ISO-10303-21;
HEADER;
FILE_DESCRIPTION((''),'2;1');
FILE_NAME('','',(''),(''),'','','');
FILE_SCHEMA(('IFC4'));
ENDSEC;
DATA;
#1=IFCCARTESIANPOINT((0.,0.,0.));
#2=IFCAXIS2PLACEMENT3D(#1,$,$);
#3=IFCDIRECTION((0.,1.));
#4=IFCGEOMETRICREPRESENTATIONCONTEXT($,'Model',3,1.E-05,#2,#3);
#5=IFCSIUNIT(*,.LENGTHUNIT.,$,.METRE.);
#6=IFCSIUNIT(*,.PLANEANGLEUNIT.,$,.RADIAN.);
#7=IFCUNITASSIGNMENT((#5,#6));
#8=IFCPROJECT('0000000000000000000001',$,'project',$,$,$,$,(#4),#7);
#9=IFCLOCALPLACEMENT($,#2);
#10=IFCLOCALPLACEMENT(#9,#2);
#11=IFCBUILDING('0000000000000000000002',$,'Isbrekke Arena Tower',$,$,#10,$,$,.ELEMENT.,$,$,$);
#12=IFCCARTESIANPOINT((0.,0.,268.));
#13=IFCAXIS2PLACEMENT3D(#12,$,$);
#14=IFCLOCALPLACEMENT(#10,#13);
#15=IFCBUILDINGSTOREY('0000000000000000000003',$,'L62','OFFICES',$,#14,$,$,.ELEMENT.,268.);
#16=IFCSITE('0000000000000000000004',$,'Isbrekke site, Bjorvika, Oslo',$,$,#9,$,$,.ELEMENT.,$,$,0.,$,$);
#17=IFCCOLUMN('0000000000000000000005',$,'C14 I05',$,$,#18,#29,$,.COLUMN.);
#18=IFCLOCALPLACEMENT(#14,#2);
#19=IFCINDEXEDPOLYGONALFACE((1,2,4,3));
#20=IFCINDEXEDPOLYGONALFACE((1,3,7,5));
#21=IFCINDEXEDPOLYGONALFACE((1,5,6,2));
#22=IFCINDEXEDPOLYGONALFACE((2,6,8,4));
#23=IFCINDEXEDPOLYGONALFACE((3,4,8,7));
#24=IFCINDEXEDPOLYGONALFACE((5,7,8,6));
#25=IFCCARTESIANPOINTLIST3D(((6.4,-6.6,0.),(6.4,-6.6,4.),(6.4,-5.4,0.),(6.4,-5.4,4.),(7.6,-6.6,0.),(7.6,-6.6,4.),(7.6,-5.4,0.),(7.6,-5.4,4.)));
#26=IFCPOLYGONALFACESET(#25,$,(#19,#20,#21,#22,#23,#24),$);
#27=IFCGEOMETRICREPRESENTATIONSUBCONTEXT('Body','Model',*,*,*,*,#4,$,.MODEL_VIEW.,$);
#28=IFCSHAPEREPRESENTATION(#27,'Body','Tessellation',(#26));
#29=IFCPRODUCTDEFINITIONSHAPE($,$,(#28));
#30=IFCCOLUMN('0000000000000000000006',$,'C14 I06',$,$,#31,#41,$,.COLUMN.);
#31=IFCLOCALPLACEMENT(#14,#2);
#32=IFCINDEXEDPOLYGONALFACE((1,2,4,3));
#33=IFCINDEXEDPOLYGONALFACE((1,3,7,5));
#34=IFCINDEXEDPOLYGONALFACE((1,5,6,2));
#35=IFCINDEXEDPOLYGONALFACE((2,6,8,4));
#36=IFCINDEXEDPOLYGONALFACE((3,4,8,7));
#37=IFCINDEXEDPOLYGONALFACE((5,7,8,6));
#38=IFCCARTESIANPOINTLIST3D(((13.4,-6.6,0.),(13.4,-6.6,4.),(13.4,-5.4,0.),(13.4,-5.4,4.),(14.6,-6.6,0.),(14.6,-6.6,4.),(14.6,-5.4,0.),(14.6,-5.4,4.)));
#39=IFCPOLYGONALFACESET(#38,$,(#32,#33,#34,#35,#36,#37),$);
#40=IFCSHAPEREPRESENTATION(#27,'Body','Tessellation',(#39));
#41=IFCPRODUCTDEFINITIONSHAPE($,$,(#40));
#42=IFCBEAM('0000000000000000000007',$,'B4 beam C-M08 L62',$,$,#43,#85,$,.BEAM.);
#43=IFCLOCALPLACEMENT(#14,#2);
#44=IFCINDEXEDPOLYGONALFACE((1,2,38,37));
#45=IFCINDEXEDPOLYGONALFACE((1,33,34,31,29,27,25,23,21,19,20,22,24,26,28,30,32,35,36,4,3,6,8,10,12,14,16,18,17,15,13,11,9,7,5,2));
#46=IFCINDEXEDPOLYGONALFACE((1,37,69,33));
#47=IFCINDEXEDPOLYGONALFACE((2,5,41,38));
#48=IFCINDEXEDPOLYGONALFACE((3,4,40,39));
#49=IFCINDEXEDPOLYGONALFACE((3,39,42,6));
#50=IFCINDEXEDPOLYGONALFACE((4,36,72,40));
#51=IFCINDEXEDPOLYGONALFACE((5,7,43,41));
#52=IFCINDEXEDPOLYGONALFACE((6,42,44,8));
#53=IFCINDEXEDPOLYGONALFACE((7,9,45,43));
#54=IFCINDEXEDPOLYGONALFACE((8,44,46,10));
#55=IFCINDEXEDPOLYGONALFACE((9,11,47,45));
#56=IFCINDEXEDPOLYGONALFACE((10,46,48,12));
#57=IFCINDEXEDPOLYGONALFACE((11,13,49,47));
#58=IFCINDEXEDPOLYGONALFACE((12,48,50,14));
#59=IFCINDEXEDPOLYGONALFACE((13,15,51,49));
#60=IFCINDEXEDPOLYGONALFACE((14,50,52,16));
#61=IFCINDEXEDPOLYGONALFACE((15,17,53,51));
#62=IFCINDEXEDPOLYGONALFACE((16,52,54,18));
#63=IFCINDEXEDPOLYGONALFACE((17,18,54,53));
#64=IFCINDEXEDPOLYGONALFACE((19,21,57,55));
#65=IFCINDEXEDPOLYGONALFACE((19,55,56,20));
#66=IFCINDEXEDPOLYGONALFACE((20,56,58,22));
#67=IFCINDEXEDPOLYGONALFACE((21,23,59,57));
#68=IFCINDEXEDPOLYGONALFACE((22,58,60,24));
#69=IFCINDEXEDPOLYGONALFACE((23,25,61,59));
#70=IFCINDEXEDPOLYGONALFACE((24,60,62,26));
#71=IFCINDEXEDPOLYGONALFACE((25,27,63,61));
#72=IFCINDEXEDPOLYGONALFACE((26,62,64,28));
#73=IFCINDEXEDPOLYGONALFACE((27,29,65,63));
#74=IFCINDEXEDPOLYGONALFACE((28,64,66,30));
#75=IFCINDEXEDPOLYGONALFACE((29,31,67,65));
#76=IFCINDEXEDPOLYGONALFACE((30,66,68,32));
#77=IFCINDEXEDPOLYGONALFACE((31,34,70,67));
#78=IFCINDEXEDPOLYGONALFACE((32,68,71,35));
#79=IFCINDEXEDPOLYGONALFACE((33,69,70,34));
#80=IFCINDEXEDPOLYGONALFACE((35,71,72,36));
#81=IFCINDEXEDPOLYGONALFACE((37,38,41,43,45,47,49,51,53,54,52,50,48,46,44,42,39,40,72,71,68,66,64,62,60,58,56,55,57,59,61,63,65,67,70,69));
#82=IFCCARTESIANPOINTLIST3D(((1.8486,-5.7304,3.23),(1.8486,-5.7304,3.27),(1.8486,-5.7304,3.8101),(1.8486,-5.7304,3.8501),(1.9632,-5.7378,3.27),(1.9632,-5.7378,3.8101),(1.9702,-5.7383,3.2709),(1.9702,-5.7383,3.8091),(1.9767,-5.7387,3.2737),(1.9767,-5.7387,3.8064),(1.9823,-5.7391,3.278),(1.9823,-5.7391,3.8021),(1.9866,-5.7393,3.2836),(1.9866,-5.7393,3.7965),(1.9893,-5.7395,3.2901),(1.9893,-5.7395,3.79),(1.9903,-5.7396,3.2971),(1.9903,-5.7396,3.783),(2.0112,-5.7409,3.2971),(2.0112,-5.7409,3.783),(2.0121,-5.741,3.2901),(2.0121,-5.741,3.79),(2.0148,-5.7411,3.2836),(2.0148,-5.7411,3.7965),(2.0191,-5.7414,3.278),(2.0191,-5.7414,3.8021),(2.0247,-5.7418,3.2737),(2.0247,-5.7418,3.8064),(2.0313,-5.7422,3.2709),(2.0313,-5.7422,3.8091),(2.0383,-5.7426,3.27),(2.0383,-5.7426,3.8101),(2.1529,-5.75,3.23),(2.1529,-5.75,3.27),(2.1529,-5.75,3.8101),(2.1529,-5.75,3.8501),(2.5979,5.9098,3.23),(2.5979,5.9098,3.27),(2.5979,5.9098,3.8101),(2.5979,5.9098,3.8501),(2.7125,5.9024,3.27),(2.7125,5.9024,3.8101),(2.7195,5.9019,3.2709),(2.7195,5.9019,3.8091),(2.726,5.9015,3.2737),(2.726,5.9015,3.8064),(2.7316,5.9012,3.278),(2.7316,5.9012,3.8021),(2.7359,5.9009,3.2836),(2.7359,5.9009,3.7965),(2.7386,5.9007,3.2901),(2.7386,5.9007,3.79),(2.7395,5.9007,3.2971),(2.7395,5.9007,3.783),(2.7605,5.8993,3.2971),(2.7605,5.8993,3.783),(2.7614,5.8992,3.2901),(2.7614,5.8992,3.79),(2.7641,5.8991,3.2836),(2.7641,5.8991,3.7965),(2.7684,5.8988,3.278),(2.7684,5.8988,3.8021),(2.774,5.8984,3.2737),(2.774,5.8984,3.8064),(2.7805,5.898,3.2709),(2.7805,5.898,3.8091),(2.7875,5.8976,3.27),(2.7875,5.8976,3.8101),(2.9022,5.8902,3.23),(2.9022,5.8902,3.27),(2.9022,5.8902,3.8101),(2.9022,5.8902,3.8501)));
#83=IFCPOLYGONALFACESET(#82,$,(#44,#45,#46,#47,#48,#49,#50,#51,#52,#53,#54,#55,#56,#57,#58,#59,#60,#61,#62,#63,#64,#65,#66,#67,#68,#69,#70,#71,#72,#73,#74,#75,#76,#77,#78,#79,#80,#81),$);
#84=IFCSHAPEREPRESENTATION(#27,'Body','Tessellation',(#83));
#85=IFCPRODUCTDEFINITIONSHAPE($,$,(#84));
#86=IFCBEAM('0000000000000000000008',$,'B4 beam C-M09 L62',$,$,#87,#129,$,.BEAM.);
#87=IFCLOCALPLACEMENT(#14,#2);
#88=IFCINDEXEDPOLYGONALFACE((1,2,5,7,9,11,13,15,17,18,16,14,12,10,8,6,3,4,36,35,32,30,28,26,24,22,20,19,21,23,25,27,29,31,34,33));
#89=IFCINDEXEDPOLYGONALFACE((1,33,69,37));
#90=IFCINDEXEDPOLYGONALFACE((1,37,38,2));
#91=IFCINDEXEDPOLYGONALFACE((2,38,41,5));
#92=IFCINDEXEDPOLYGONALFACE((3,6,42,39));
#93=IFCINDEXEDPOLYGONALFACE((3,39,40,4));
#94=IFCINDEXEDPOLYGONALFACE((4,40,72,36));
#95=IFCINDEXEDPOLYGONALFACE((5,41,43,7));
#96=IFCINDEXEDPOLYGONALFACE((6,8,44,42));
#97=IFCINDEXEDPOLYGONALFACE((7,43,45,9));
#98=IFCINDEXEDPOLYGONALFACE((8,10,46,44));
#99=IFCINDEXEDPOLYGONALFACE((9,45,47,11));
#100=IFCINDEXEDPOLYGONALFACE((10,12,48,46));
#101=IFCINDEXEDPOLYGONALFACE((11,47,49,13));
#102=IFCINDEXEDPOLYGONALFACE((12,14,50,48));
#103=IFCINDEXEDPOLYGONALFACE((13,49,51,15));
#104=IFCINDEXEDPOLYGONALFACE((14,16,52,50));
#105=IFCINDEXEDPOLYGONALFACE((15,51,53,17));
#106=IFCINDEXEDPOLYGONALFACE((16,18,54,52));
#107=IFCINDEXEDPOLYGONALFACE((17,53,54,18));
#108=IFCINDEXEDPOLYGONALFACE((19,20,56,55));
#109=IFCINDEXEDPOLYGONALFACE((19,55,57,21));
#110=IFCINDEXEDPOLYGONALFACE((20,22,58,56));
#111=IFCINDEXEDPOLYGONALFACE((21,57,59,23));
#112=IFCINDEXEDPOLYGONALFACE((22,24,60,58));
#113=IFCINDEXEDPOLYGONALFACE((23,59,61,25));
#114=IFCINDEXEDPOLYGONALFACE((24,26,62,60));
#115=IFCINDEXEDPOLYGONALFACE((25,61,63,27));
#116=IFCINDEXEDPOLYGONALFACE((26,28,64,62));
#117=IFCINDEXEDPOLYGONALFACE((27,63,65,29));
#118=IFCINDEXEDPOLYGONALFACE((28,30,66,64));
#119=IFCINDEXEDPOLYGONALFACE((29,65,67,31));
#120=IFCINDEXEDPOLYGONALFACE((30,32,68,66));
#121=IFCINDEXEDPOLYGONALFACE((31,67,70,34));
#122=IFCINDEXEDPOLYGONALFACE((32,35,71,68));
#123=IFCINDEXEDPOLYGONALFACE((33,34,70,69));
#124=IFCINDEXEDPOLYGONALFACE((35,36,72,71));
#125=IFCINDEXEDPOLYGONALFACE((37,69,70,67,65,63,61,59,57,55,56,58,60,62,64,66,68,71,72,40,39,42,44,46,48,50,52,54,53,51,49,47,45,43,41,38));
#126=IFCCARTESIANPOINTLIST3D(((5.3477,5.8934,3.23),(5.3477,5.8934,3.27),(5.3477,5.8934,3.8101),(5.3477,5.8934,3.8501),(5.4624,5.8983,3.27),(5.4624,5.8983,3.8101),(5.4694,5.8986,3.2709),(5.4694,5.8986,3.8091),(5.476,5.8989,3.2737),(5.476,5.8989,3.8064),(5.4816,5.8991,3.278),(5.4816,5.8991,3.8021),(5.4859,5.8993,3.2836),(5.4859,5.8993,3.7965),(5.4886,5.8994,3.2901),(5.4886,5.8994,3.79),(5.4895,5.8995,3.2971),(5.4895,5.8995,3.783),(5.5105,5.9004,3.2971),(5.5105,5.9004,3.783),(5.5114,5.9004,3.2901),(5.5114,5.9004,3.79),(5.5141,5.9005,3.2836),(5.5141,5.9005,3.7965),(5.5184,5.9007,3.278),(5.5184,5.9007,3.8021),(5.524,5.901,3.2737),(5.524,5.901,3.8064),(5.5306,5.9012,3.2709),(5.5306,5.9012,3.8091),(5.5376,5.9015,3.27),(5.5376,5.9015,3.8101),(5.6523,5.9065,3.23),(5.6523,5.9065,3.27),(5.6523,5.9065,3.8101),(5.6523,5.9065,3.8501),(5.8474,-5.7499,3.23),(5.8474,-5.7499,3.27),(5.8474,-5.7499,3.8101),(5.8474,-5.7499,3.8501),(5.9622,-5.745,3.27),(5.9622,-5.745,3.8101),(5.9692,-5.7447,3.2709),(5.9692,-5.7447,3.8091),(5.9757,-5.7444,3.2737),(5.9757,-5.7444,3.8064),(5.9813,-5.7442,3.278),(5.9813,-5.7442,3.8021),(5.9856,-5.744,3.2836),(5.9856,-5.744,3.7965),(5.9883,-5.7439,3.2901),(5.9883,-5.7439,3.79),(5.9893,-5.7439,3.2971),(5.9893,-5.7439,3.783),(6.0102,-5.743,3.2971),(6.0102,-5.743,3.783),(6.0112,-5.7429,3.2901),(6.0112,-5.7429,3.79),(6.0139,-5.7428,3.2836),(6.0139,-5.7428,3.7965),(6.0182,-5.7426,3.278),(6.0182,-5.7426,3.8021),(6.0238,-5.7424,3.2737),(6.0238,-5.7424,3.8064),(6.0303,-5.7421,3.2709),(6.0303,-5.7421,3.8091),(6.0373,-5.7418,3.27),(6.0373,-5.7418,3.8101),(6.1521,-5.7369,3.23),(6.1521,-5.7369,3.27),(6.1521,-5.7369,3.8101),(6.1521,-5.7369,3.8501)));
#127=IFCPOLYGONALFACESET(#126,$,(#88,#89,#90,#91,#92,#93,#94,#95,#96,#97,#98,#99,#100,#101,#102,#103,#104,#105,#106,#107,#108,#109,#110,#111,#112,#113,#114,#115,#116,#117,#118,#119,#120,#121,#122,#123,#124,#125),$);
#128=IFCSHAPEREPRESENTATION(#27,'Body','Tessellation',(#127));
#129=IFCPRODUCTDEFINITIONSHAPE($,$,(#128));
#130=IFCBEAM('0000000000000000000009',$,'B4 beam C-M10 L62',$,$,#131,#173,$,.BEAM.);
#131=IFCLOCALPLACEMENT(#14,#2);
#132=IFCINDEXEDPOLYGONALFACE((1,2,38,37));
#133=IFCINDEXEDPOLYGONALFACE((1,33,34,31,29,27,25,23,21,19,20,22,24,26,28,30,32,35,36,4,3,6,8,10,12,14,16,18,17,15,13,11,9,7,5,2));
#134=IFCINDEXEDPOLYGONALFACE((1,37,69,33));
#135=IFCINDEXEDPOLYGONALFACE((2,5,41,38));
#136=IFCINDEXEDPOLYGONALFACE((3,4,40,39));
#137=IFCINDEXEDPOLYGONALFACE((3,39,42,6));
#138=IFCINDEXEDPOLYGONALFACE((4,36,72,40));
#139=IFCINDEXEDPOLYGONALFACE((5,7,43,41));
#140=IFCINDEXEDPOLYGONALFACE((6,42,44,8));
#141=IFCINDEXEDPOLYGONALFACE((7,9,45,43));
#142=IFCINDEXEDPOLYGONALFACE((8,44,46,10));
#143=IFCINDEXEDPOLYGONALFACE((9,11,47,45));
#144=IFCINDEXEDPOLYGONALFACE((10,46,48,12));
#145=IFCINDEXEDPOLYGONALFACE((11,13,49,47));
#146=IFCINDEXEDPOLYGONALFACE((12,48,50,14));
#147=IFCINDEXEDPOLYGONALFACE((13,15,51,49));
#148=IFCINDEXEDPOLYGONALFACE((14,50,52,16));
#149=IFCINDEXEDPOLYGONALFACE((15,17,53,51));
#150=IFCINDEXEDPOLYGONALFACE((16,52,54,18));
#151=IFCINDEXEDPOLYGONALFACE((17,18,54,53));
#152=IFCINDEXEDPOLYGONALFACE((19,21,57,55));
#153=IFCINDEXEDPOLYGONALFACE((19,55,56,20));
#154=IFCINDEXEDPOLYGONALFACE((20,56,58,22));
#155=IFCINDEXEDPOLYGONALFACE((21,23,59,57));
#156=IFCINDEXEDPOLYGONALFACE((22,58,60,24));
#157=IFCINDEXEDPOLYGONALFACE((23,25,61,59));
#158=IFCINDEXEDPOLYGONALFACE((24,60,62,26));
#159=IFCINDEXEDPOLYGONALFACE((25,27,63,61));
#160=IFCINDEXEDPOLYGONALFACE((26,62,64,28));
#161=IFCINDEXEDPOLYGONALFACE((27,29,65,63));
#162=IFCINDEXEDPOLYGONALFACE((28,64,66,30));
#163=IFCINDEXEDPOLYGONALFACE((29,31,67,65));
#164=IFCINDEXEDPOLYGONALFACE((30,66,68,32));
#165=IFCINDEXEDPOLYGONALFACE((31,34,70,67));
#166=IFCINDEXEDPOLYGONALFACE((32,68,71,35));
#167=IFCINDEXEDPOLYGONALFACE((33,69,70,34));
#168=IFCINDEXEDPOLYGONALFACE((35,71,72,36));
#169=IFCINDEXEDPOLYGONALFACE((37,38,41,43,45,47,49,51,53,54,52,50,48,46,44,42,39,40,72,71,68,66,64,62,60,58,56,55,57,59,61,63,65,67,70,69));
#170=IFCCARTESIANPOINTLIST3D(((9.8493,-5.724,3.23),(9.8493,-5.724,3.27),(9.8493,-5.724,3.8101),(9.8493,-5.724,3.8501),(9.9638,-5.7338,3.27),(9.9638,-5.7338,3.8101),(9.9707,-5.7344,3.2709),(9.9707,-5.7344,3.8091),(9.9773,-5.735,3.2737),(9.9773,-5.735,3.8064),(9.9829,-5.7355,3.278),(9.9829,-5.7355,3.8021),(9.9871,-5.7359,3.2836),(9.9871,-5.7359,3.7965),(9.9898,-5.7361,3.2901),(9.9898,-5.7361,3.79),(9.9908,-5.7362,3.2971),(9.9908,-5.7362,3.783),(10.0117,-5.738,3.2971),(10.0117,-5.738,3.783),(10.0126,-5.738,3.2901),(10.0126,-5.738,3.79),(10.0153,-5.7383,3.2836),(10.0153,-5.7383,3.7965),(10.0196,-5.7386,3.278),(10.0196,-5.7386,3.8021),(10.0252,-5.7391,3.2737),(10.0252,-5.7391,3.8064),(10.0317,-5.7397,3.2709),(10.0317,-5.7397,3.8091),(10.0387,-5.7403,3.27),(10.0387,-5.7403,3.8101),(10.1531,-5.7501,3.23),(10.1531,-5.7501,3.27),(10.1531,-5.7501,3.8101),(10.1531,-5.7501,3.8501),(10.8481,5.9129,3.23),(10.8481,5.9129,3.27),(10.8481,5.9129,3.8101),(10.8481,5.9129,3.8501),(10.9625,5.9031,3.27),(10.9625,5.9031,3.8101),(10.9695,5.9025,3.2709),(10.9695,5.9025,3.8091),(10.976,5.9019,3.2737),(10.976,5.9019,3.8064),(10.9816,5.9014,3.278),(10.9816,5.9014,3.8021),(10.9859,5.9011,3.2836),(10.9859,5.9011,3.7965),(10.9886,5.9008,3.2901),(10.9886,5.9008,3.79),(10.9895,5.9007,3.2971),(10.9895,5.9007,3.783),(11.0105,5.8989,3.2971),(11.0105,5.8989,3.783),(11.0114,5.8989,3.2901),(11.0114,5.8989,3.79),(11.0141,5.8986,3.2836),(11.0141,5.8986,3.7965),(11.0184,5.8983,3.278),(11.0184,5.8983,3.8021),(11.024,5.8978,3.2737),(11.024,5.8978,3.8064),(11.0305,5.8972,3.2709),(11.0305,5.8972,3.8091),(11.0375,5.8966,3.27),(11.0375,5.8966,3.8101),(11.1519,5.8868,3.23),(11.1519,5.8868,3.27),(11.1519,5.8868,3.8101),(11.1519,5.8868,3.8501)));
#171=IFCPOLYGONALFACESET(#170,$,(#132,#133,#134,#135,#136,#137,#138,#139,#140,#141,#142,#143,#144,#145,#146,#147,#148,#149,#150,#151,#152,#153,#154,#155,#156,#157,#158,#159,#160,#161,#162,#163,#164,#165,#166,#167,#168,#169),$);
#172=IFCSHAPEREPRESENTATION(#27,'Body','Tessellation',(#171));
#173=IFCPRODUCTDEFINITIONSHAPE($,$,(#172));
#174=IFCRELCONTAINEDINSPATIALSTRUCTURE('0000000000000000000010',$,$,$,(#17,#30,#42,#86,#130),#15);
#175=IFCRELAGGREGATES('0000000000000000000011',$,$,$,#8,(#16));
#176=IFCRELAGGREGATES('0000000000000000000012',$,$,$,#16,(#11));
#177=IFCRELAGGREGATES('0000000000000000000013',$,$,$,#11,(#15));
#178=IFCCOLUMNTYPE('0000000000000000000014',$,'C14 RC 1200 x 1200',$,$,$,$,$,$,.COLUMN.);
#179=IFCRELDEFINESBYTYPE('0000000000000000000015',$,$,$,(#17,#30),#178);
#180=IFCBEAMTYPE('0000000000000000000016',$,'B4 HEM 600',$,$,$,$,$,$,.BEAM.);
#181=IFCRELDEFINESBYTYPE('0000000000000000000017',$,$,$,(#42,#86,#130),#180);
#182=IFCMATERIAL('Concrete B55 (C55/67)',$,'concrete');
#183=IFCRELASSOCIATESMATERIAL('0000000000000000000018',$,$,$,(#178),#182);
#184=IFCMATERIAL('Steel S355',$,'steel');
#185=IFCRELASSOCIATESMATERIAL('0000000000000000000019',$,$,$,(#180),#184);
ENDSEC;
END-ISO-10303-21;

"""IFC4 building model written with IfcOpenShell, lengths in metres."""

from ifc_helpers import new_model, si_unit, direction, frame, origin, origin_2d, place, context, subcontext, project, spatial, rectangle, i_section, extrude, material, material_profile, profile_set, type_object, element, save


model = new_model("IFC4")

# Units and contexts
model_context = context("Model", 3, precision=1e-05, world=origin(), true_north=direction((0.0, 1.0)))
body_context = subcontext(model_context, "Body", "Model", "MODEL_VIEW")
ifc_project = project(units=[si_unit("LENGTHUNIT", "METRE"), si_unit("PLANEANGLEUNIT", "RADIAN")], contexts=[model_context])

# Site, building, storey
site_placement = place(None, origin())
site = spatial("IfcSite", under=ifc_project, at=site_placement, Name="Isbrekke site, Bjorvika, Oslo", CompositionType="ELEMENT", RefElevation=0.0)
building_placement = place(site_placement, origin())
building = spatial("IfcBuilding", under=site, at=building_placement, Name="Isbrekke Arena Tower", CompositionType="ELEMENT")
storey_placement = place(building_placement, frame((0.0, 0.0, 268.0)))
storey = spatial("IfcBuildingStorey", under=building, at=storey_placement, Name="L62", Description="OFFICES", CompositionType="ELEMENT", Elevation=268.0)

# Columns
ifc_material_1 = material(Name="Concrete B55 (C55/67)", Category="concrete")
ifc_material_profile_1 = material_profile(ifc_material_1, rectangle(XDim=1.2, YDim=1.2, at=origin_2d()), Name="RC 1200x1200")
ifc_profile_set_1 = profile_set([ifc_material_profile_1], Name="Concrete B55 (C55/67)")
column_type = type_object("IfcColumnType", Name="C14 RC 1200 x 1200", PredefinedType="COLUMN", material=ifc_profile_set_1)
for number, where, z_axis, x_axis, name in (
    (1, (7.0, -6.0, 0.0), (0.0, 0.0, 1.0), (1.0, 0.0, 0.0), "C14 I05"),
    (2, (14.0, -6.0, 0.0), (0.0, 0.0, 1.0), (1.0, 0.0, 0.0), "C14 I06"),
):
    element("IfcColumn", number, at=place(storey_placement, frame(where, z_axis=z_axis, x_axis=x_axis)), inside=storey, type_object=column_type, Name=name, PredefinedType="COLUMN", context=body_context, shape_type="SweptSolid", body=[
        extrude(rectangle(XDim=1.2, YDim=1.2, at=origin_2d()), origin(), (0.0, 0.0, 1.0), 4.0),
    ])

# Beams
ifc_material_2 = material(Name="Steel S355", Category="steel")
ifc_material_profile_2 = material_profile(ifc_material_2, i_section(OverallWidth=0.3049, OverallDepth=0.6201, WebThickness=0.021, FlangeThickness=0.04, FilletRadius=0.0271, at=origin_2d()), Name="HEM 600")
ifc_profile_set_2 = profile_set([ifc_material_profile_2], Name="Steel S355")
beam_type_1 = type_object("IfcBeamType", Name="B4 HEM 600", PredefinedType="BEAM", material=ifc_profile_set_2)
beam_1_placement = place(storey_placement, frame((2.0007, -5.7402, 3.54), z_axis=(0.064236, 0.997935, 0.0), x_axis=(-0.997935, 0.064236, 0.0)))
element("IfcBeam", 3, at=beam_1_placement, inside=storey, type_object=beam_type_1, Name="B4 beam C-M08 L62", PredefinedType="BEAM", context=body_context, shape_type="SweptSolid", body=[
    extrude(i_section(OverallWidth=0.3049, OverallDepth=0.6201, WebThickness=0.021, FlangeThickness=0.04, FilletRadius=0.0271, at=origin_2d()), origin(), (0.0, 0.0, 1.0), 11.6643),
])
beam_2_placement = place(storey_placement, frame((5.9998, -5.7434, 3.54), z_axis=(-0.042883, 0.99908, 0.0), x_axis=(-0.99908, -0.042883, 0.0)))
element("IfcBeam", 4, at=beam_2_placement, inside=storey, type_object=beam_type_1, Name="B4 beam C-M09 L62", PredefinedType="BEAM", context=body_context, shape_type="SweptSolid", body=[
    extrude(i_section(OverallWidth=0.3049, OverallDepth=0.6201, WebThickness=0.021, FlangeThickness=0.04, FilletRadius=0.0271, at=origin_2d()), origin(), (0.0, 0.0, 1.0), 11.6541),
])
beam_3_placement = place(storey_placement, frame((10.0012, -5.7371, 3.54), z_axis=(0.085514, 0.996337, 0.0), x_axis=(-0.996337, 0.085514, 0.0)))
element("IfcBeam", 5, at=beam_3_placement, inside=storey, type_object=beam_type_1, Name="B4 beam C-M10 L62", PredefinedType="BEAM", context=body_context, shape_type="SweptSolid", body=[
    extrude(i_section(OverallWidth=0.3049, OverallDepth=0.6201, WebThickness=0.021, FlangeThickness=0.04, FilletRadius=0.0271, at=origin_2d()), origin(), (0.0, 0.0, 1.0), 11.6797),
])

save(model, "model.ifc")
